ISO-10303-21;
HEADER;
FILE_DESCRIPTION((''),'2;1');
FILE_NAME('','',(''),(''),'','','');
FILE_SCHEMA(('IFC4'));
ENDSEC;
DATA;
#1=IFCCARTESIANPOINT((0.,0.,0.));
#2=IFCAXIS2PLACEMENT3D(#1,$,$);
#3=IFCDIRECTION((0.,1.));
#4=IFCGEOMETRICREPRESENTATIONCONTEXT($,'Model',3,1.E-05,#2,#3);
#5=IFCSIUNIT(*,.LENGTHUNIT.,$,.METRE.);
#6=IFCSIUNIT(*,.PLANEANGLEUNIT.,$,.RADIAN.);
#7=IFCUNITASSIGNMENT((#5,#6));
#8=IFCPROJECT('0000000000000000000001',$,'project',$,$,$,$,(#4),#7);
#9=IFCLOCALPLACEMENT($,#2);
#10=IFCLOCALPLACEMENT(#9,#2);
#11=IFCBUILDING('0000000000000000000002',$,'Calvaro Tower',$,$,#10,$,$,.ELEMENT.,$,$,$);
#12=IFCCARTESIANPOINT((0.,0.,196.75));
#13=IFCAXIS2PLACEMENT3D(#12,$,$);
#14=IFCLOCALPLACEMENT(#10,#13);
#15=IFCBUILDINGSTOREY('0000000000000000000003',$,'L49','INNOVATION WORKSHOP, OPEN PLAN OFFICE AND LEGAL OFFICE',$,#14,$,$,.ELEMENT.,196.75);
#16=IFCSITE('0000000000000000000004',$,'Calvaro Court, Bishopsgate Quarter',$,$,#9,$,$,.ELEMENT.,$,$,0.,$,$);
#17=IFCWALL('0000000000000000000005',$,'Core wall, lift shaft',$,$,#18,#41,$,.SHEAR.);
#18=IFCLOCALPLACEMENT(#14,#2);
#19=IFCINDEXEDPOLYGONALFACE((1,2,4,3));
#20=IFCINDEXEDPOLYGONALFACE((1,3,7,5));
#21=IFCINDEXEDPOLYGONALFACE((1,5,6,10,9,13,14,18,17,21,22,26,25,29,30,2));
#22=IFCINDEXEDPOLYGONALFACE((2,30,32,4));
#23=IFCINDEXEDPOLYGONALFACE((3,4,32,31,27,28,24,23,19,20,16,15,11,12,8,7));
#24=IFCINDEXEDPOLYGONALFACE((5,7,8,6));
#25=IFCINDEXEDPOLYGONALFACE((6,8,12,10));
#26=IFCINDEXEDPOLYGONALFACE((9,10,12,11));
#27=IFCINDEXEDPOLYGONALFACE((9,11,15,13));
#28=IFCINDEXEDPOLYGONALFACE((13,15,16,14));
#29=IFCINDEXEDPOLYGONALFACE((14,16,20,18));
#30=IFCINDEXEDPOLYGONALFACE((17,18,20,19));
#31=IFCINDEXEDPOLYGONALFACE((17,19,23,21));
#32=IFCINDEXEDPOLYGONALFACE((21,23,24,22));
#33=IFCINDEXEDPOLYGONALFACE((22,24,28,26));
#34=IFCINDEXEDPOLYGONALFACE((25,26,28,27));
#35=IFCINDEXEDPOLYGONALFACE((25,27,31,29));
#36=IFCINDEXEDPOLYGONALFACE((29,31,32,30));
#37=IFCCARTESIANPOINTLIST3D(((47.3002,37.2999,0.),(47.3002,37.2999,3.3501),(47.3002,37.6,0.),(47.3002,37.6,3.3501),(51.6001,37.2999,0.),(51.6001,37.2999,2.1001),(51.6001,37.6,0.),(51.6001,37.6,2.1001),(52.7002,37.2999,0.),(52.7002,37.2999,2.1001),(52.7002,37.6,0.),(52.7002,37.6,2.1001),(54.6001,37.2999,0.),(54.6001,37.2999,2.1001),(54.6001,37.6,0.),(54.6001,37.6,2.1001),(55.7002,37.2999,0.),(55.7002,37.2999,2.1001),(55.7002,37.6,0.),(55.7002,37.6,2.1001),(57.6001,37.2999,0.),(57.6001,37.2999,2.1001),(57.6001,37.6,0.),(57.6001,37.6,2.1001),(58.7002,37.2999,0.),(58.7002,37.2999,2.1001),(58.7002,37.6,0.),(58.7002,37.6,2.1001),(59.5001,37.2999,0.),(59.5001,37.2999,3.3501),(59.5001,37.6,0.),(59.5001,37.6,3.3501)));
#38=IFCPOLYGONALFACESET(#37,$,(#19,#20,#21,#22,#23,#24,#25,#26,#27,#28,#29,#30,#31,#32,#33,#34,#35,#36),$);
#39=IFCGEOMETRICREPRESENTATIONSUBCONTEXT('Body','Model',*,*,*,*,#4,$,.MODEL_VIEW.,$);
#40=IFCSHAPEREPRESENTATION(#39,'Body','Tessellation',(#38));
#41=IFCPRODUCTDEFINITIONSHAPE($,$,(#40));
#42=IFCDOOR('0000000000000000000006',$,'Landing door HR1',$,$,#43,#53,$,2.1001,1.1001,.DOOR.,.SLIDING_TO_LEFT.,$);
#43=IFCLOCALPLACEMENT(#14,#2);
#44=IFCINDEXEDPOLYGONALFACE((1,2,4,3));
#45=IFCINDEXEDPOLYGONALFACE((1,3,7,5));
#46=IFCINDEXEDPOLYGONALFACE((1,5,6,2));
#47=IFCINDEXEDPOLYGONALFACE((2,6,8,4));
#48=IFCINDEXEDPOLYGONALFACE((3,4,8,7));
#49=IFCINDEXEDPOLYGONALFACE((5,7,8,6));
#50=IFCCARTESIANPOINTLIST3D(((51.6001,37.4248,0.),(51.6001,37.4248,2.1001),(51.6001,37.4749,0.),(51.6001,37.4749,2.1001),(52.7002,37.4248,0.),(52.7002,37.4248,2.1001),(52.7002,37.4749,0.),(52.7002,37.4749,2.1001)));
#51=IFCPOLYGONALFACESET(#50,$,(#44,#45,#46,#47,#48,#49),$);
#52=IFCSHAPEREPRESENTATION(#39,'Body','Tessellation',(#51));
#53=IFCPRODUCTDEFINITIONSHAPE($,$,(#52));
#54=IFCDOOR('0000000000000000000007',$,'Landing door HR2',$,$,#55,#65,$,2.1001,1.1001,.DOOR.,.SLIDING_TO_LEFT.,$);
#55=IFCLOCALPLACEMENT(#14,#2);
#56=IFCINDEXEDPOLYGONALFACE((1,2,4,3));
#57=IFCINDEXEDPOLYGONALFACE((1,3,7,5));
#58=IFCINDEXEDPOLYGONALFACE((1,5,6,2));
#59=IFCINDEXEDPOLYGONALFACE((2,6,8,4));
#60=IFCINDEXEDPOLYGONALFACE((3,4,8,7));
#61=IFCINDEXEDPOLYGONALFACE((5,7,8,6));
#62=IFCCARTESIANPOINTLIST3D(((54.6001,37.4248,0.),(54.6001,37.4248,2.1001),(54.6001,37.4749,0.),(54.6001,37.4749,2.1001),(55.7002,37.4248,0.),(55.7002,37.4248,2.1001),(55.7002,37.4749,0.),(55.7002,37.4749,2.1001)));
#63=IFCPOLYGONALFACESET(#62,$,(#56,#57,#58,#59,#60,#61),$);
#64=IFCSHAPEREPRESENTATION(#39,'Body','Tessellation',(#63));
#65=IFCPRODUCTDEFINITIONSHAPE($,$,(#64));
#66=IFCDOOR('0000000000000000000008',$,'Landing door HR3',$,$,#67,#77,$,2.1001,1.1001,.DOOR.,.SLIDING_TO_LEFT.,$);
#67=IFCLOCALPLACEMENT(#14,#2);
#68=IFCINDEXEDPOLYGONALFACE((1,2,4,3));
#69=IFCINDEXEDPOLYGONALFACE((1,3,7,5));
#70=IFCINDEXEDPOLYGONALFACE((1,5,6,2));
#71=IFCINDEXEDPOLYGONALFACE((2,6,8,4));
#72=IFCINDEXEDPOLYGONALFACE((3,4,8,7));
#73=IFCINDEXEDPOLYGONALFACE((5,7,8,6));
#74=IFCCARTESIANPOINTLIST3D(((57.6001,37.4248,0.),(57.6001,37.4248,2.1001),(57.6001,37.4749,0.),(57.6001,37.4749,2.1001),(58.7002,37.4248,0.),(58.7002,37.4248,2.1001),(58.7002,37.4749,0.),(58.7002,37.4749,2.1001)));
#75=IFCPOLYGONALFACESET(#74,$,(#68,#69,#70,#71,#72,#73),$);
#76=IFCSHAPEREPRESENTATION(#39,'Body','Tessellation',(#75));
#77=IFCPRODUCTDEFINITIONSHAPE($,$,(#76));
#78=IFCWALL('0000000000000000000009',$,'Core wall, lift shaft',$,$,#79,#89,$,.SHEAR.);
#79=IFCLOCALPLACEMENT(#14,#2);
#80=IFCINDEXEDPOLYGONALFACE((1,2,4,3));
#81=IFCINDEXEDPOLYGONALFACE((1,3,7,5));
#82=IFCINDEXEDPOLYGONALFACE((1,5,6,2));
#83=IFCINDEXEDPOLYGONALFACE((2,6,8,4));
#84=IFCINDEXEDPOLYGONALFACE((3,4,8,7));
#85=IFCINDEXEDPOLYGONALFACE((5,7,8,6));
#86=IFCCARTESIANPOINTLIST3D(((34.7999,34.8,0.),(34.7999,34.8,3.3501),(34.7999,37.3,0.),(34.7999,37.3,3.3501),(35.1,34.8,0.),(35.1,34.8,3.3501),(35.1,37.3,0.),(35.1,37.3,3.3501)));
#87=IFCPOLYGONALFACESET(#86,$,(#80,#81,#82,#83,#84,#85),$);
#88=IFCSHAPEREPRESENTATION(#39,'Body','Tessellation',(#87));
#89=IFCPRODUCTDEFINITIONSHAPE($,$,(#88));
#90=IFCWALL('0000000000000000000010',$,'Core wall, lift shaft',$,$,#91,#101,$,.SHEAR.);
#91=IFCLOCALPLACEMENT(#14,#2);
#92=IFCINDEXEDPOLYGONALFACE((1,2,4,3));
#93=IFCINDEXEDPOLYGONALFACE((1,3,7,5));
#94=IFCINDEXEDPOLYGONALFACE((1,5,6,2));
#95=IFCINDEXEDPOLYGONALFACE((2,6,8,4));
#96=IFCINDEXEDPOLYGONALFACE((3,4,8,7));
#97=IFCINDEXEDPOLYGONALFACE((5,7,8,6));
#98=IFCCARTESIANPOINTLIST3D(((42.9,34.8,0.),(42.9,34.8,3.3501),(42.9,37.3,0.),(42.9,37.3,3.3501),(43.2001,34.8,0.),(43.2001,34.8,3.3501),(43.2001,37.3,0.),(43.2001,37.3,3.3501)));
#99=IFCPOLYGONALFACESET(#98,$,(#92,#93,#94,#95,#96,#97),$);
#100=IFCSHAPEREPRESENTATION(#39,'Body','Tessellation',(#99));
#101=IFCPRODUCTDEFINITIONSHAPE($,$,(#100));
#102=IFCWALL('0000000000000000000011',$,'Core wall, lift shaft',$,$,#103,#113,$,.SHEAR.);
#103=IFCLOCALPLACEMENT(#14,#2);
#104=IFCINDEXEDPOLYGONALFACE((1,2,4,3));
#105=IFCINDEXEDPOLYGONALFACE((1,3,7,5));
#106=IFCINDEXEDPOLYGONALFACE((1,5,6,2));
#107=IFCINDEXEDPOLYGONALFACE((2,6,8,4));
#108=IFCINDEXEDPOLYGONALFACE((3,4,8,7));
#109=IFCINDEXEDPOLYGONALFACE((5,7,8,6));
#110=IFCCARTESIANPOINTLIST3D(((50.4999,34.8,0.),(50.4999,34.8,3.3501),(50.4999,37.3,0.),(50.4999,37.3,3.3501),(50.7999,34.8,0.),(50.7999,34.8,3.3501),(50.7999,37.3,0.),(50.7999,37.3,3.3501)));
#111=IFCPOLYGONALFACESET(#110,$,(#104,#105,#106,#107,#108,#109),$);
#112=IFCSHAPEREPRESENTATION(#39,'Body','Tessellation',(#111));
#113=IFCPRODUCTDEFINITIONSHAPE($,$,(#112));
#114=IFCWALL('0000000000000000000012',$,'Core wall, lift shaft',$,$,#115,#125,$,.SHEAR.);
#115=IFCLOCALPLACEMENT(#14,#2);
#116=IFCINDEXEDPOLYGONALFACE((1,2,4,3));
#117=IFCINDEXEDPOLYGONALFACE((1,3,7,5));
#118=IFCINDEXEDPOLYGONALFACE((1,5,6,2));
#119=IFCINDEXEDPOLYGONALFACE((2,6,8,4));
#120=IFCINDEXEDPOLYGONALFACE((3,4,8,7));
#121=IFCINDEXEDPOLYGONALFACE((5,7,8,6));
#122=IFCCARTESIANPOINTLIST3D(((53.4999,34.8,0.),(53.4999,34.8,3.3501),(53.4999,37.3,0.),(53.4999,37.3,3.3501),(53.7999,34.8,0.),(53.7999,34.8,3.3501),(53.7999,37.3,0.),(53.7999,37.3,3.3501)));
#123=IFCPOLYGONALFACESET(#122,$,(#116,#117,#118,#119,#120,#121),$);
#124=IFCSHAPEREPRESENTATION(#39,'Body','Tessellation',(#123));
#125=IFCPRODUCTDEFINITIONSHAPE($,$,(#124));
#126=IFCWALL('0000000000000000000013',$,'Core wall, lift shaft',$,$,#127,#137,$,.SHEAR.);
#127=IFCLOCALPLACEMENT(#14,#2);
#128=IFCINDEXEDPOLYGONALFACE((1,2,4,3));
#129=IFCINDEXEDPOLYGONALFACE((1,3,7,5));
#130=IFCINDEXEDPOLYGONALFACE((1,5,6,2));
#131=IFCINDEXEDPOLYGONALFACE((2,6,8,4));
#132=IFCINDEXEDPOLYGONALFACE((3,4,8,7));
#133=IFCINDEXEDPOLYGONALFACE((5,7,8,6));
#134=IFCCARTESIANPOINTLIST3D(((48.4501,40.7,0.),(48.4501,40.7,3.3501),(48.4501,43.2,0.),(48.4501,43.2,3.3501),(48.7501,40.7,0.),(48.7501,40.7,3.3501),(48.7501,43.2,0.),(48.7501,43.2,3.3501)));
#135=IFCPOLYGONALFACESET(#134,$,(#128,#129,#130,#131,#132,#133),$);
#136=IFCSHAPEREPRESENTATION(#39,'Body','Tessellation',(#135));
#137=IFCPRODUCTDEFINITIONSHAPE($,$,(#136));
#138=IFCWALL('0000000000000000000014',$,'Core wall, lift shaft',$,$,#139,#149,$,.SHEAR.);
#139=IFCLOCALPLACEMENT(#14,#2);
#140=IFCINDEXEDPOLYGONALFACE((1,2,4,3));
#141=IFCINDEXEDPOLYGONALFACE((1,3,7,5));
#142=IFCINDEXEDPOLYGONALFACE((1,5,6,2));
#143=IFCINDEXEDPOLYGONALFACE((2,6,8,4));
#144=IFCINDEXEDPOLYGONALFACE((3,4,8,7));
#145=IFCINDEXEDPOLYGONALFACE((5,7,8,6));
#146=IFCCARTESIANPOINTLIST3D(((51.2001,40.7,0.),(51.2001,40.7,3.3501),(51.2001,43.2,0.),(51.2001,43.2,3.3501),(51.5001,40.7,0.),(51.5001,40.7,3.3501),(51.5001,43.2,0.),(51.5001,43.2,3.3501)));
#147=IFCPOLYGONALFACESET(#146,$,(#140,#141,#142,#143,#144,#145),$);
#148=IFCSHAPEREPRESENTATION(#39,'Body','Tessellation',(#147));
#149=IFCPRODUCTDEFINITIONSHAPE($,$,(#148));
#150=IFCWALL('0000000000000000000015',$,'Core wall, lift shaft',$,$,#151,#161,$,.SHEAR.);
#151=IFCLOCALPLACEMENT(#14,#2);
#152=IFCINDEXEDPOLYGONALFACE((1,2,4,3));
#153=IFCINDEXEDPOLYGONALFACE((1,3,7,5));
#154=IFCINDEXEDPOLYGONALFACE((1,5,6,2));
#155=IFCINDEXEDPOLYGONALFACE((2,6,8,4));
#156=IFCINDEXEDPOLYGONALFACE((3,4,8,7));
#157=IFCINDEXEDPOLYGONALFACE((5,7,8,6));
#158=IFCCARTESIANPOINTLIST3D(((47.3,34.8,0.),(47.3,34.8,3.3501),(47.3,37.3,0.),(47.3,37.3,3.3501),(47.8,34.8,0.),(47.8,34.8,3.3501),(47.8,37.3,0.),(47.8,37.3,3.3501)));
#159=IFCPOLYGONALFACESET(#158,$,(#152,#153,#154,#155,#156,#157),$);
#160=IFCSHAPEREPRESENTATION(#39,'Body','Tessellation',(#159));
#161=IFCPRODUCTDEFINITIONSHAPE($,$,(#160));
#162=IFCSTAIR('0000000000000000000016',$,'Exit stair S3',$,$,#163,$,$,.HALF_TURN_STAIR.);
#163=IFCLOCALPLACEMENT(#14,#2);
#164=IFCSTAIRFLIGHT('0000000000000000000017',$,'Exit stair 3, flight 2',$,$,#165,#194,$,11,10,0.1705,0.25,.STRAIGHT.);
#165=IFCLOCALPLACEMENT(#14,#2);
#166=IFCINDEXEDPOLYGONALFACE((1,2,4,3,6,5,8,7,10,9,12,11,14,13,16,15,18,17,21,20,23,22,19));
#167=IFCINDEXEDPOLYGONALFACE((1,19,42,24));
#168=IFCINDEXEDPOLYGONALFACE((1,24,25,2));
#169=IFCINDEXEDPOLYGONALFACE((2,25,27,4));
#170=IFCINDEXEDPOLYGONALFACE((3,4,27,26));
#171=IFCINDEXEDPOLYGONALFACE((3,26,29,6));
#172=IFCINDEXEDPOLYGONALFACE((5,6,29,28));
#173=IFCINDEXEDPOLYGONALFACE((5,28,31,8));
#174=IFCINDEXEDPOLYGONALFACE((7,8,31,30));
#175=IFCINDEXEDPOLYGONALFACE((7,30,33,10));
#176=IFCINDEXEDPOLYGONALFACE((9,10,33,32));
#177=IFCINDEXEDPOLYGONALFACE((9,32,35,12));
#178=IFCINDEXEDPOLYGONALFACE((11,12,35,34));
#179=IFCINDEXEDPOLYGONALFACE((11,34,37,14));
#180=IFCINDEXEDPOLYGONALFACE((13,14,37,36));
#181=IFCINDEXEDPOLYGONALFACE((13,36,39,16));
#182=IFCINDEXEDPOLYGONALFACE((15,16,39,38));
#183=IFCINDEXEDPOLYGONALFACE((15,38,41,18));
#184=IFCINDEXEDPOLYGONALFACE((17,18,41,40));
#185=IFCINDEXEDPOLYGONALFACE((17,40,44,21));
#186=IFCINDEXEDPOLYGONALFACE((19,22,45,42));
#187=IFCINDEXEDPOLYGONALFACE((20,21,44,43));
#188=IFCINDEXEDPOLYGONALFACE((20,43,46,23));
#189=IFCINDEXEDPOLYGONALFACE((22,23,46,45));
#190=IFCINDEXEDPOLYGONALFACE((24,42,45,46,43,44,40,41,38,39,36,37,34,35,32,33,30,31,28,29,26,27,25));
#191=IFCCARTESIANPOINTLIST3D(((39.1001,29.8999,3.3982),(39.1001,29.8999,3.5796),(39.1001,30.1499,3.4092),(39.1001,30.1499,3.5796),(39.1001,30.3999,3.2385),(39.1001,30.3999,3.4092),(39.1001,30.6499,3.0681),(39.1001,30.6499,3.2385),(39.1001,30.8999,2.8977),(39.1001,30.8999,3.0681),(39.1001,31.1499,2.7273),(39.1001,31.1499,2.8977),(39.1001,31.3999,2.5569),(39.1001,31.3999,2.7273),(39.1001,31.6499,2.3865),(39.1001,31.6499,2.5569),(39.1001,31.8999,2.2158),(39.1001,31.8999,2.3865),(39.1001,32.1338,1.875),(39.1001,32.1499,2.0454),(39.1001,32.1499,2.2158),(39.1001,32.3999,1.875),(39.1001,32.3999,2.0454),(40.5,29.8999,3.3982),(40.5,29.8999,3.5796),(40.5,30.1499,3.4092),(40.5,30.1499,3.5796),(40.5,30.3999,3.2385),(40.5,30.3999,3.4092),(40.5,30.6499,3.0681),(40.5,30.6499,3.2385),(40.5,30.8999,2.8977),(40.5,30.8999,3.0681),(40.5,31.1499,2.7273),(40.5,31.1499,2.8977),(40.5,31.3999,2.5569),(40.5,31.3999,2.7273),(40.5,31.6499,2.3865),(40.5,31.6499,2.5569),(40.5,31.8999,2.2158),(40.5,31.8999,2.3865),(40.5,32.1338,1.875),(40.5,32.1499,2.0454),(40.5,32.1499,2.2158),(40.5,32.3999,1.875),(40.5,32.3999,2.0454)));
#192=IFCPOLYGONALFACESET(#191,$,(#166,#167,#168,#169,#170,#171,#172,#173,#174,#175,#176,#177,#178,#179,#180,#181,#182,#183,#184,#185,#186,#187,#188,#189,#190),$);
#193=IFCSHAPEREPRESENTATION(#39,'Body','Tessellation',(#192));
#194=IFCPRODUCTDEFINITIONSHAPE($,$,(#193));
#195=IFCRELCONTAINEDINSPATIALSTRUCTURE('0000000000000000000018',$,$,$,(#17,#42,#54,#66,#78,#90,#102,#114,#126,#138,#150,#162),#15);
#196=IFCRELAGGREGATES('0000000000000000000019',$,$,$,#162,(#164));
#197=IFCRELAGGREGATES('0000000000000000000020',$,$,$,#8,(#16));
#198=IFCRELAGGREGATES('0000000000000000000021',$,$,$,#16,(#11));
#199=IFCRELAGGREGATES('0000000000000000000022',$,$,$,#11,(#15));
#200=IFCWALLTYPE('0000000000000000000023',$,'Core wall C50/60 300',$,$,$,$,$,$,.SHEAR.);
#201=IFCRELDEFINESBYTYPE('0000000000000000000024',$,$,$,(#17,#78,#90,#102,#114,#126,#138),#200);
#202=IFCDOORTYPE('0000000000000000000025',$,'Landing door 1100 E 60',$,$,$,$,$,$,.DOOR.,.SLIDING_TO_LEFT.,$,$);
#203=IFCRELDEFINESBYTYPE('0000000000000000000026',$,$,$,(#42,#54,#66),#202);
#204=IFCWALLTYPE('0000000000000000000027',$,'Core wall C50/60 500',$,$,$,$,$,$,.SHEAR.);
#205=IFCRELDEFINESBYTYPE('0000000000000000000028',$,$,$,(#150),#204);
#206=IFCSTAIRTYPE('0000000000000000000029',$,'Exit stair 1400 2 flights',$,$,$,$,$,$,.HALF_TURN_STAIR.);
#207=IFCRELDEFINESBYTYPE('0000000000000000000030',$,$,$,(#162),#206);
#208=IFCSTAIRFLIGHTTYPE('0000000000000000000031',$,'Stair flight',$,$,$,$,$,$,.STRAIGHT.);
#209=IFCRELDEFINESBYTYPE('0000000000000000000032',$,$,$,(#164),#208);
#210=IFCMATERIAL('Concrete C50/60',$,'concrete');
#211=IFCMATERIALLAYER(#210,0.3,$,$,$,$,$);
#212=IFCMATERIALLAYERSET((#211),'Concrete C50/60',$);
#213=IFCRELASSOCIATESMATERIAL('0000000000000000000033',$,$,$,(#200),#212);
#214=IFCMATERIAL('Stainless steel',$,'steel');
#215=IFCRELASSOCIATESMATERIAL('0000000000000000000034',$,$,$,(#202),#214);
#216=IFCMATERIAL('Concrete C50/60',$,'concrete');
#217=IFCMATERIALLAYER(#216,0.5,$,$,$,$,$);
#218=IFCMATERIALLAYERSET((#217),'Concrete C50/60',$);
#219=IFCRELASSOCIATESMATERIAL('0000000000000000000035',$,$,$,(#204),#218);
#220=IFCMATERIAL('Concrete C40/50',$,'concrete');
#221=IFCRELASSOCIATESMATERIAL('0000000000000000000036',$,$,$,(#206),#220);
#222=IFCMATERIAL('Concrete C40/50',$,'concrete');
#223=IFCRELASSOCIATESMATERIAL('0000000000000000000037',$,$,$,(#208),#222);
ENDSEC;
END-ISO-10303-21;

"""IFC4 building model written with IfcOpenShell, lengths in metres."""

from ifc_helpers import new_model, si_unit, direction, frame, frame_2d, origin, place, context, subcontext, project, spatial, polyline, rectangle, outline, extrude, material, layer, layer_set, type_object, element, fill, aggregate, save


model = new_model("IFC4")

# Units and contexts
model_context = context("Model", 3, precision=1e-05, world=origin(), true_north=direction((0.0, 1.0)))
body_context = subcontext(model_context, "Body", "Model", "MODEL_VIEW")
ifc_project = project(units=[si_unit("LENGTHUNIT", "METRE"), si_unit("PLANEANGLEUNIT", "RADIAN")], contexts=[model_context])

# Site, building, storey
site_placement = place(None, origin())
site = spatial("IfcSite", under=ifc_project, at=site_placement, Name="Calvaro Court, Bishopsgate Quarter", CompositionType="ELEMENT", RefElevation=0.0)
building_placement = place(site_placement, origin())
building = spatial("IfcBuilding", under=site, at=building_placement, Name="Calvaro Tower", CompositionType="ELEMENT")
storey_placement = place(building_placement, frame((0.0, 0.0, 196.75)))
storey = spatial("IfcBuildingStorey", under=building, at=storey_placement, Name="L49", Description="INNOVATION WORKSHOP, OPEN PLAN OFFICE AND LEGAL OFFICE", CompositionType="ELEMENT", Elevation=196.75)

# Shared definitions
ifc_material_1 = material(Name="Concrete C50/60", Category="concrete")
ifc_layer_1 = layer(ifc_material_1, 0.3)
ifc_layer_set_1 = layer_set([ifc_layer_1], Name="Concrete C50/60")
wall_type_1 = type_object("IfcWallType", Name="Core wall C50/60 300", PredefinedType="SHEAR", material=ifc_layer_set_1)
ifc_material_2 = material(Name="Stainless steel", Category="steel")
door_type_1 = type_object("IfcDoorType", Name="Landing door 1100 E 60", OperationType="SLIDING_TO_LEFT", PredefinedType="DOOR", material=ifc_material_2)

# Wall, openings, doors
wall_1_placement = place(storey_placement, frame((47.3, 37.45, 0.0), z_axis=(0.0, 0.0, 1.0), x_axis=(1.0, 0.0, 0.0)))
wall_1 = element("IfcWall", 1, at=wall_1_placement, inside=storey, type_object=wall_type_1, Name="Core wall, lift shaft", PredefinedType="SHEAR", context=body_context, shape_type="SweptSolid", body=[
    extrude(rectangle(XDim=12.2, YDim=0.3, at=frame_2d((6.1001, 0.0))), origin(), (0.0, 0.0, 1.0), 3.3501),
])
opening_1_placement = place(wall_1_placement, frame((4.3, 0.0, 0.0)))
opening_1 = element("IfcOpeningElement", 2, at=opening_1_placement, cuts=wall_1, PredefinedType="OPENING", context=body_context, shape_type="SweptSolid", body=[
    extrude(rectangle(XDim=1.1001, YDim=2.1001, at=frame_2d((0.55, 1.05))), frame((0.0, 0.1599, 0.0), z_axis=(0.0, -1.0, 0.0), x_axis=(1.0, 0.0, 0.0)), (0.0, 0.0, 1.0), 0.3201),
])
opening_2_placement = place(wall_1_placement, frame((7.3, 0.0, 0.0)))
opening_2 = element("IfcOpeningElement", 3, at=opening_2_placement, cuts=wall_1, PredefinedType="OPENING", context=body_context, shape_type="SweptSolid", body=[
    extrude(rectangle(XDim=1.1001, YDim=2.1001, at=frame_2d((0.55, 1.05))), frame((0.0, 0.1599, 0.0), z_axis=(0.0, -1.0, 0.0), x_axis=(1.0, 0.0, 0.0)), (0.0, 0.0, 1.0), 0.3201),
])
opening_3_placement = place(wall_1_placement, frame((10.3, 0.0, 0.0)))
opening_3 = element("IfcOpeningElement", 4, at=opening_3_placement, cuts=wall_1, PredefinedType="OPENING", context=body_context, shape_type="SweptSolid", body=[
    extrude(rectangle(XDim=1.1001, YDim=2.1001, at=frame_2d((0.55, 1.05))), frame((0.0, 0.1599, 0.0), z_axis=(0.0, -1.0, 0.0), x_axis=(1.0, 0.0, 0.0)), (0.0, 0.0, 1.0), 0.3201),
])
door_1_placement = place(opening_1_placement, origin())
door_1 = element("IfcDoor", 5, at=door_1_placement, inside=storey, type_object=door_type_1, Name="Landing door HR1", OperationType="SLIDING_TO_LEFT", OverallHeight=2.1001, OverallWidth=1.1001, PredefinedType="DOOR", context=body_context, shape_type="SweptSolid", body=[
    extrude(rectangle(XDim=1.1001, YDim=2.1001, at=frame_2d((0.55, 1.05))), frame((0.0, 0.0249, 0.0), z_axis=(0.0, -1.0, 0.0), x_axis=(1.0, 0.0, 0.0)), (0.0, 0.0, 1.0), 0.05),
])
fill(opening_1, door_1)
door_2_placement = place(opening_2_placement, origin())
door_2 = element("IfcDoor", 6, at=door_2_placement, inside=storey, type_object=door_type_1, Name="Landing door HR2", OperationType="SLIDING_TO_LEFT", OverallHeight=2.1001, OverallWidth=1.1001, PredefinedType="DOOR", context=body_context, shape_type="SweptSolid", body=[
    extrude(rectangle(XDim=1.1001, YDim=2.1001, at=frame_2d((0.55, 1.05))), frame((0.0, 0.0249, 0.0), z_axis=(0.0, -1.0, 0.0), x_axis=(1.0, 0.0, 0.0)), (0.0, 0.0, 1.0), 0.05),
])
fill(opening_2, door_2)
door_3_placement = place(opening_3_placement, origin())
door_3 = element("IfcDoor", 7, at=door_3_placement, inside=storey, type_object=door_type_1, Name="Landing door HR3", OperationType="SLIDING_TO_LEFT", OverallHeight=2.1001, OverallWidth=1.1001, PredefinedType="DOOR", context=body_context, shape_type="SweptSolid", body=[
    extrude(rectangle(XDim=1.1001, YDim=2.1001, at=frame_2d((0.55, 1.05))), frame((0.0, 0.0249, 0.0), z_axis=(0.0, -1.0, 0.0), x_axis=(1.0, 0.0, 0.0)), (0.0, 0.0, 1.0), 0.05),
])
fill(opening_3, door_3)

# Walls
for number, where, z_axis, x_axis, name in (
    (8, (34.95, 34.8, 0.0), (0.0, 0.0, 1.0), (0.0, 1.0, 0.0), "Core wall, lift shaft"),
    (9, (43.05, 34.8, 0.0), (0.0, 0.0, 1.0), (0.0, 1.0, 0.0), "Core wall, lift shaft"),
    (10, (50.6499, 34.8, 0.0), (0.0, 0.0, 1.0), (0.0, 1.0, 0.0), "Core wall, lift shaft"),
    (11, (53.6499, 34.8, 0.0), (0.0, 0.0, 1.0), (0.0, 1.0, 0.0), "Core wall, lift shaft"),
    (12, (48.6001, 40.7, 0.0), (0.0, 0.0, 1.0), (0.0, 1.0, 0.0), "Core wall, lift shaft"),
    (13, (51.3501, 40.7, 0.0), (0.0, 0.0, 1.0), (0.0, 1.0, 0.0), "Core wall, lift shaft"),
):
    element("IfcWall", number, at=place(storey_placement, frame(where, z_axis=z_axis, x_axis=x_axis)), inside=storey, type_object=wall_type_1, Name=name, PredefinedType="SHEAR", context=body_context, shape_type="SweptSolid", body=[
        extrude(rectangle(XDim=2.5, YDim=0.3, at=frame_2d((1.25, 0.0))), origin(), (0.0, 0.0, 1.0), 3.3501),
    ])
ifc_material_3 = material(Name="Concrete C50/60", Category="concrete")
ifc_layer_2 = layer(ifc_material_3, 0.5)
ifc_layer_set_2 = layer_set([ifc_layer_2], Name="Concrete C50/60")
wall_type_2 = type_object("IfcWallType", Name="Core wall C50/60 500", PredefinedType="SHEAR", material=ifc_layer_set_2)
wall_2_placement = place(storey_placement, frame((47.55, 34.8, 0.0), z_axis=(0.0, 0.0, 1.0), x_axis=(0.0, 1.0, 0.0)))
element("IfcWall", 14, at=wall_2_placement, inside=storey, type_object=wall_type_2, Name="Core wall, lift shaft", PredefinedType="SHEAR", context=body_context, shape_type="SweptSolid", body=[
    extrude(rectangle(XDim=2.5, YDim=0.5, at=frame_2d((1.25, 0.0))), origin(), (0.0, 0.0, 1.0), 3.3501),
])

# Stair, stair flight
ifc_material_4 = material(Name="Concrete C40/50", Category="concrete")
stair_type = type_object("IfcStairType", Name="Exit stair 1400 2 flights", PredefinedType="HALF_TURN_STAIR", material=ifc_material_4)
stair_1_placement = place(storey_placement, origin())
stair_1 = element("IfcStair", 15, at=stair_1_placement, inside=storey, type_object=stair_type, Name="Exit stair S3", PredefinedType="HALF_TURN_STAIR")
ifc_material_5 = material(Name="Concrete C40/50", Category="concrete")
stair_flight_type = type_object("IfcStairFlightType", Name="Stair flight", PredefinedType="STRAIGHT", material=ifc_material_5)
stair_flight_1_placement = place(storey_placement, frame((39.8, 32.3999, 1.875), z_axis=(0.0, 0.0, 1.0), x_axis=(0.0, -1.0, 0.0)))
stair_flight_1 = element("IfcStairFlight", 16, at=stair_flight_1_placement, type_object=stair_flight_type, Name="Exit stair 3, flight 2", NumberOfRisers=11, NumberOfTreads=10, PredefinedType="STRAIGHT", RiserHeight=0.1705, TreadLength=0.25, context=body_context, shape_type="SweptSolid", body=[
    extrude(outline(polyline([(0.0, 0.0), (0.0, 0.1704), (0.25, 0.1704), (0.25, 0.3408), (0.5, 0.3408), (0.5, 0.5115), (0.75, 0.5115), (0.75, 0.6819), (1.0, 0.6819), (1.0, 0.8523), (1.25, 0.8523), (1.25, 1.0227), (1.5, 1.0227), (1.5, 1.1931), (1.75, 1.1931), (1.75, 1.3635), (2.0, 1.3635), (2.0, 1.5342), (2.25, 1.5342), (2.25, 1.7046), (2.5, 1.7046), (2.5, 1.875), (2.5, 1.5232), (0.2661, 0.0), (0.0, 0.0)])), frame((0.0, 0.7, 0.0), z_axis=(0.0, -1.0, 0.0), x_axis=(1.0, 0.0, 0.0)), (0.0, 0.0, 1.0), 1.3999),
])

aggregate(stair_1, [stair_flight_1])

save(model, "model.ifc")
